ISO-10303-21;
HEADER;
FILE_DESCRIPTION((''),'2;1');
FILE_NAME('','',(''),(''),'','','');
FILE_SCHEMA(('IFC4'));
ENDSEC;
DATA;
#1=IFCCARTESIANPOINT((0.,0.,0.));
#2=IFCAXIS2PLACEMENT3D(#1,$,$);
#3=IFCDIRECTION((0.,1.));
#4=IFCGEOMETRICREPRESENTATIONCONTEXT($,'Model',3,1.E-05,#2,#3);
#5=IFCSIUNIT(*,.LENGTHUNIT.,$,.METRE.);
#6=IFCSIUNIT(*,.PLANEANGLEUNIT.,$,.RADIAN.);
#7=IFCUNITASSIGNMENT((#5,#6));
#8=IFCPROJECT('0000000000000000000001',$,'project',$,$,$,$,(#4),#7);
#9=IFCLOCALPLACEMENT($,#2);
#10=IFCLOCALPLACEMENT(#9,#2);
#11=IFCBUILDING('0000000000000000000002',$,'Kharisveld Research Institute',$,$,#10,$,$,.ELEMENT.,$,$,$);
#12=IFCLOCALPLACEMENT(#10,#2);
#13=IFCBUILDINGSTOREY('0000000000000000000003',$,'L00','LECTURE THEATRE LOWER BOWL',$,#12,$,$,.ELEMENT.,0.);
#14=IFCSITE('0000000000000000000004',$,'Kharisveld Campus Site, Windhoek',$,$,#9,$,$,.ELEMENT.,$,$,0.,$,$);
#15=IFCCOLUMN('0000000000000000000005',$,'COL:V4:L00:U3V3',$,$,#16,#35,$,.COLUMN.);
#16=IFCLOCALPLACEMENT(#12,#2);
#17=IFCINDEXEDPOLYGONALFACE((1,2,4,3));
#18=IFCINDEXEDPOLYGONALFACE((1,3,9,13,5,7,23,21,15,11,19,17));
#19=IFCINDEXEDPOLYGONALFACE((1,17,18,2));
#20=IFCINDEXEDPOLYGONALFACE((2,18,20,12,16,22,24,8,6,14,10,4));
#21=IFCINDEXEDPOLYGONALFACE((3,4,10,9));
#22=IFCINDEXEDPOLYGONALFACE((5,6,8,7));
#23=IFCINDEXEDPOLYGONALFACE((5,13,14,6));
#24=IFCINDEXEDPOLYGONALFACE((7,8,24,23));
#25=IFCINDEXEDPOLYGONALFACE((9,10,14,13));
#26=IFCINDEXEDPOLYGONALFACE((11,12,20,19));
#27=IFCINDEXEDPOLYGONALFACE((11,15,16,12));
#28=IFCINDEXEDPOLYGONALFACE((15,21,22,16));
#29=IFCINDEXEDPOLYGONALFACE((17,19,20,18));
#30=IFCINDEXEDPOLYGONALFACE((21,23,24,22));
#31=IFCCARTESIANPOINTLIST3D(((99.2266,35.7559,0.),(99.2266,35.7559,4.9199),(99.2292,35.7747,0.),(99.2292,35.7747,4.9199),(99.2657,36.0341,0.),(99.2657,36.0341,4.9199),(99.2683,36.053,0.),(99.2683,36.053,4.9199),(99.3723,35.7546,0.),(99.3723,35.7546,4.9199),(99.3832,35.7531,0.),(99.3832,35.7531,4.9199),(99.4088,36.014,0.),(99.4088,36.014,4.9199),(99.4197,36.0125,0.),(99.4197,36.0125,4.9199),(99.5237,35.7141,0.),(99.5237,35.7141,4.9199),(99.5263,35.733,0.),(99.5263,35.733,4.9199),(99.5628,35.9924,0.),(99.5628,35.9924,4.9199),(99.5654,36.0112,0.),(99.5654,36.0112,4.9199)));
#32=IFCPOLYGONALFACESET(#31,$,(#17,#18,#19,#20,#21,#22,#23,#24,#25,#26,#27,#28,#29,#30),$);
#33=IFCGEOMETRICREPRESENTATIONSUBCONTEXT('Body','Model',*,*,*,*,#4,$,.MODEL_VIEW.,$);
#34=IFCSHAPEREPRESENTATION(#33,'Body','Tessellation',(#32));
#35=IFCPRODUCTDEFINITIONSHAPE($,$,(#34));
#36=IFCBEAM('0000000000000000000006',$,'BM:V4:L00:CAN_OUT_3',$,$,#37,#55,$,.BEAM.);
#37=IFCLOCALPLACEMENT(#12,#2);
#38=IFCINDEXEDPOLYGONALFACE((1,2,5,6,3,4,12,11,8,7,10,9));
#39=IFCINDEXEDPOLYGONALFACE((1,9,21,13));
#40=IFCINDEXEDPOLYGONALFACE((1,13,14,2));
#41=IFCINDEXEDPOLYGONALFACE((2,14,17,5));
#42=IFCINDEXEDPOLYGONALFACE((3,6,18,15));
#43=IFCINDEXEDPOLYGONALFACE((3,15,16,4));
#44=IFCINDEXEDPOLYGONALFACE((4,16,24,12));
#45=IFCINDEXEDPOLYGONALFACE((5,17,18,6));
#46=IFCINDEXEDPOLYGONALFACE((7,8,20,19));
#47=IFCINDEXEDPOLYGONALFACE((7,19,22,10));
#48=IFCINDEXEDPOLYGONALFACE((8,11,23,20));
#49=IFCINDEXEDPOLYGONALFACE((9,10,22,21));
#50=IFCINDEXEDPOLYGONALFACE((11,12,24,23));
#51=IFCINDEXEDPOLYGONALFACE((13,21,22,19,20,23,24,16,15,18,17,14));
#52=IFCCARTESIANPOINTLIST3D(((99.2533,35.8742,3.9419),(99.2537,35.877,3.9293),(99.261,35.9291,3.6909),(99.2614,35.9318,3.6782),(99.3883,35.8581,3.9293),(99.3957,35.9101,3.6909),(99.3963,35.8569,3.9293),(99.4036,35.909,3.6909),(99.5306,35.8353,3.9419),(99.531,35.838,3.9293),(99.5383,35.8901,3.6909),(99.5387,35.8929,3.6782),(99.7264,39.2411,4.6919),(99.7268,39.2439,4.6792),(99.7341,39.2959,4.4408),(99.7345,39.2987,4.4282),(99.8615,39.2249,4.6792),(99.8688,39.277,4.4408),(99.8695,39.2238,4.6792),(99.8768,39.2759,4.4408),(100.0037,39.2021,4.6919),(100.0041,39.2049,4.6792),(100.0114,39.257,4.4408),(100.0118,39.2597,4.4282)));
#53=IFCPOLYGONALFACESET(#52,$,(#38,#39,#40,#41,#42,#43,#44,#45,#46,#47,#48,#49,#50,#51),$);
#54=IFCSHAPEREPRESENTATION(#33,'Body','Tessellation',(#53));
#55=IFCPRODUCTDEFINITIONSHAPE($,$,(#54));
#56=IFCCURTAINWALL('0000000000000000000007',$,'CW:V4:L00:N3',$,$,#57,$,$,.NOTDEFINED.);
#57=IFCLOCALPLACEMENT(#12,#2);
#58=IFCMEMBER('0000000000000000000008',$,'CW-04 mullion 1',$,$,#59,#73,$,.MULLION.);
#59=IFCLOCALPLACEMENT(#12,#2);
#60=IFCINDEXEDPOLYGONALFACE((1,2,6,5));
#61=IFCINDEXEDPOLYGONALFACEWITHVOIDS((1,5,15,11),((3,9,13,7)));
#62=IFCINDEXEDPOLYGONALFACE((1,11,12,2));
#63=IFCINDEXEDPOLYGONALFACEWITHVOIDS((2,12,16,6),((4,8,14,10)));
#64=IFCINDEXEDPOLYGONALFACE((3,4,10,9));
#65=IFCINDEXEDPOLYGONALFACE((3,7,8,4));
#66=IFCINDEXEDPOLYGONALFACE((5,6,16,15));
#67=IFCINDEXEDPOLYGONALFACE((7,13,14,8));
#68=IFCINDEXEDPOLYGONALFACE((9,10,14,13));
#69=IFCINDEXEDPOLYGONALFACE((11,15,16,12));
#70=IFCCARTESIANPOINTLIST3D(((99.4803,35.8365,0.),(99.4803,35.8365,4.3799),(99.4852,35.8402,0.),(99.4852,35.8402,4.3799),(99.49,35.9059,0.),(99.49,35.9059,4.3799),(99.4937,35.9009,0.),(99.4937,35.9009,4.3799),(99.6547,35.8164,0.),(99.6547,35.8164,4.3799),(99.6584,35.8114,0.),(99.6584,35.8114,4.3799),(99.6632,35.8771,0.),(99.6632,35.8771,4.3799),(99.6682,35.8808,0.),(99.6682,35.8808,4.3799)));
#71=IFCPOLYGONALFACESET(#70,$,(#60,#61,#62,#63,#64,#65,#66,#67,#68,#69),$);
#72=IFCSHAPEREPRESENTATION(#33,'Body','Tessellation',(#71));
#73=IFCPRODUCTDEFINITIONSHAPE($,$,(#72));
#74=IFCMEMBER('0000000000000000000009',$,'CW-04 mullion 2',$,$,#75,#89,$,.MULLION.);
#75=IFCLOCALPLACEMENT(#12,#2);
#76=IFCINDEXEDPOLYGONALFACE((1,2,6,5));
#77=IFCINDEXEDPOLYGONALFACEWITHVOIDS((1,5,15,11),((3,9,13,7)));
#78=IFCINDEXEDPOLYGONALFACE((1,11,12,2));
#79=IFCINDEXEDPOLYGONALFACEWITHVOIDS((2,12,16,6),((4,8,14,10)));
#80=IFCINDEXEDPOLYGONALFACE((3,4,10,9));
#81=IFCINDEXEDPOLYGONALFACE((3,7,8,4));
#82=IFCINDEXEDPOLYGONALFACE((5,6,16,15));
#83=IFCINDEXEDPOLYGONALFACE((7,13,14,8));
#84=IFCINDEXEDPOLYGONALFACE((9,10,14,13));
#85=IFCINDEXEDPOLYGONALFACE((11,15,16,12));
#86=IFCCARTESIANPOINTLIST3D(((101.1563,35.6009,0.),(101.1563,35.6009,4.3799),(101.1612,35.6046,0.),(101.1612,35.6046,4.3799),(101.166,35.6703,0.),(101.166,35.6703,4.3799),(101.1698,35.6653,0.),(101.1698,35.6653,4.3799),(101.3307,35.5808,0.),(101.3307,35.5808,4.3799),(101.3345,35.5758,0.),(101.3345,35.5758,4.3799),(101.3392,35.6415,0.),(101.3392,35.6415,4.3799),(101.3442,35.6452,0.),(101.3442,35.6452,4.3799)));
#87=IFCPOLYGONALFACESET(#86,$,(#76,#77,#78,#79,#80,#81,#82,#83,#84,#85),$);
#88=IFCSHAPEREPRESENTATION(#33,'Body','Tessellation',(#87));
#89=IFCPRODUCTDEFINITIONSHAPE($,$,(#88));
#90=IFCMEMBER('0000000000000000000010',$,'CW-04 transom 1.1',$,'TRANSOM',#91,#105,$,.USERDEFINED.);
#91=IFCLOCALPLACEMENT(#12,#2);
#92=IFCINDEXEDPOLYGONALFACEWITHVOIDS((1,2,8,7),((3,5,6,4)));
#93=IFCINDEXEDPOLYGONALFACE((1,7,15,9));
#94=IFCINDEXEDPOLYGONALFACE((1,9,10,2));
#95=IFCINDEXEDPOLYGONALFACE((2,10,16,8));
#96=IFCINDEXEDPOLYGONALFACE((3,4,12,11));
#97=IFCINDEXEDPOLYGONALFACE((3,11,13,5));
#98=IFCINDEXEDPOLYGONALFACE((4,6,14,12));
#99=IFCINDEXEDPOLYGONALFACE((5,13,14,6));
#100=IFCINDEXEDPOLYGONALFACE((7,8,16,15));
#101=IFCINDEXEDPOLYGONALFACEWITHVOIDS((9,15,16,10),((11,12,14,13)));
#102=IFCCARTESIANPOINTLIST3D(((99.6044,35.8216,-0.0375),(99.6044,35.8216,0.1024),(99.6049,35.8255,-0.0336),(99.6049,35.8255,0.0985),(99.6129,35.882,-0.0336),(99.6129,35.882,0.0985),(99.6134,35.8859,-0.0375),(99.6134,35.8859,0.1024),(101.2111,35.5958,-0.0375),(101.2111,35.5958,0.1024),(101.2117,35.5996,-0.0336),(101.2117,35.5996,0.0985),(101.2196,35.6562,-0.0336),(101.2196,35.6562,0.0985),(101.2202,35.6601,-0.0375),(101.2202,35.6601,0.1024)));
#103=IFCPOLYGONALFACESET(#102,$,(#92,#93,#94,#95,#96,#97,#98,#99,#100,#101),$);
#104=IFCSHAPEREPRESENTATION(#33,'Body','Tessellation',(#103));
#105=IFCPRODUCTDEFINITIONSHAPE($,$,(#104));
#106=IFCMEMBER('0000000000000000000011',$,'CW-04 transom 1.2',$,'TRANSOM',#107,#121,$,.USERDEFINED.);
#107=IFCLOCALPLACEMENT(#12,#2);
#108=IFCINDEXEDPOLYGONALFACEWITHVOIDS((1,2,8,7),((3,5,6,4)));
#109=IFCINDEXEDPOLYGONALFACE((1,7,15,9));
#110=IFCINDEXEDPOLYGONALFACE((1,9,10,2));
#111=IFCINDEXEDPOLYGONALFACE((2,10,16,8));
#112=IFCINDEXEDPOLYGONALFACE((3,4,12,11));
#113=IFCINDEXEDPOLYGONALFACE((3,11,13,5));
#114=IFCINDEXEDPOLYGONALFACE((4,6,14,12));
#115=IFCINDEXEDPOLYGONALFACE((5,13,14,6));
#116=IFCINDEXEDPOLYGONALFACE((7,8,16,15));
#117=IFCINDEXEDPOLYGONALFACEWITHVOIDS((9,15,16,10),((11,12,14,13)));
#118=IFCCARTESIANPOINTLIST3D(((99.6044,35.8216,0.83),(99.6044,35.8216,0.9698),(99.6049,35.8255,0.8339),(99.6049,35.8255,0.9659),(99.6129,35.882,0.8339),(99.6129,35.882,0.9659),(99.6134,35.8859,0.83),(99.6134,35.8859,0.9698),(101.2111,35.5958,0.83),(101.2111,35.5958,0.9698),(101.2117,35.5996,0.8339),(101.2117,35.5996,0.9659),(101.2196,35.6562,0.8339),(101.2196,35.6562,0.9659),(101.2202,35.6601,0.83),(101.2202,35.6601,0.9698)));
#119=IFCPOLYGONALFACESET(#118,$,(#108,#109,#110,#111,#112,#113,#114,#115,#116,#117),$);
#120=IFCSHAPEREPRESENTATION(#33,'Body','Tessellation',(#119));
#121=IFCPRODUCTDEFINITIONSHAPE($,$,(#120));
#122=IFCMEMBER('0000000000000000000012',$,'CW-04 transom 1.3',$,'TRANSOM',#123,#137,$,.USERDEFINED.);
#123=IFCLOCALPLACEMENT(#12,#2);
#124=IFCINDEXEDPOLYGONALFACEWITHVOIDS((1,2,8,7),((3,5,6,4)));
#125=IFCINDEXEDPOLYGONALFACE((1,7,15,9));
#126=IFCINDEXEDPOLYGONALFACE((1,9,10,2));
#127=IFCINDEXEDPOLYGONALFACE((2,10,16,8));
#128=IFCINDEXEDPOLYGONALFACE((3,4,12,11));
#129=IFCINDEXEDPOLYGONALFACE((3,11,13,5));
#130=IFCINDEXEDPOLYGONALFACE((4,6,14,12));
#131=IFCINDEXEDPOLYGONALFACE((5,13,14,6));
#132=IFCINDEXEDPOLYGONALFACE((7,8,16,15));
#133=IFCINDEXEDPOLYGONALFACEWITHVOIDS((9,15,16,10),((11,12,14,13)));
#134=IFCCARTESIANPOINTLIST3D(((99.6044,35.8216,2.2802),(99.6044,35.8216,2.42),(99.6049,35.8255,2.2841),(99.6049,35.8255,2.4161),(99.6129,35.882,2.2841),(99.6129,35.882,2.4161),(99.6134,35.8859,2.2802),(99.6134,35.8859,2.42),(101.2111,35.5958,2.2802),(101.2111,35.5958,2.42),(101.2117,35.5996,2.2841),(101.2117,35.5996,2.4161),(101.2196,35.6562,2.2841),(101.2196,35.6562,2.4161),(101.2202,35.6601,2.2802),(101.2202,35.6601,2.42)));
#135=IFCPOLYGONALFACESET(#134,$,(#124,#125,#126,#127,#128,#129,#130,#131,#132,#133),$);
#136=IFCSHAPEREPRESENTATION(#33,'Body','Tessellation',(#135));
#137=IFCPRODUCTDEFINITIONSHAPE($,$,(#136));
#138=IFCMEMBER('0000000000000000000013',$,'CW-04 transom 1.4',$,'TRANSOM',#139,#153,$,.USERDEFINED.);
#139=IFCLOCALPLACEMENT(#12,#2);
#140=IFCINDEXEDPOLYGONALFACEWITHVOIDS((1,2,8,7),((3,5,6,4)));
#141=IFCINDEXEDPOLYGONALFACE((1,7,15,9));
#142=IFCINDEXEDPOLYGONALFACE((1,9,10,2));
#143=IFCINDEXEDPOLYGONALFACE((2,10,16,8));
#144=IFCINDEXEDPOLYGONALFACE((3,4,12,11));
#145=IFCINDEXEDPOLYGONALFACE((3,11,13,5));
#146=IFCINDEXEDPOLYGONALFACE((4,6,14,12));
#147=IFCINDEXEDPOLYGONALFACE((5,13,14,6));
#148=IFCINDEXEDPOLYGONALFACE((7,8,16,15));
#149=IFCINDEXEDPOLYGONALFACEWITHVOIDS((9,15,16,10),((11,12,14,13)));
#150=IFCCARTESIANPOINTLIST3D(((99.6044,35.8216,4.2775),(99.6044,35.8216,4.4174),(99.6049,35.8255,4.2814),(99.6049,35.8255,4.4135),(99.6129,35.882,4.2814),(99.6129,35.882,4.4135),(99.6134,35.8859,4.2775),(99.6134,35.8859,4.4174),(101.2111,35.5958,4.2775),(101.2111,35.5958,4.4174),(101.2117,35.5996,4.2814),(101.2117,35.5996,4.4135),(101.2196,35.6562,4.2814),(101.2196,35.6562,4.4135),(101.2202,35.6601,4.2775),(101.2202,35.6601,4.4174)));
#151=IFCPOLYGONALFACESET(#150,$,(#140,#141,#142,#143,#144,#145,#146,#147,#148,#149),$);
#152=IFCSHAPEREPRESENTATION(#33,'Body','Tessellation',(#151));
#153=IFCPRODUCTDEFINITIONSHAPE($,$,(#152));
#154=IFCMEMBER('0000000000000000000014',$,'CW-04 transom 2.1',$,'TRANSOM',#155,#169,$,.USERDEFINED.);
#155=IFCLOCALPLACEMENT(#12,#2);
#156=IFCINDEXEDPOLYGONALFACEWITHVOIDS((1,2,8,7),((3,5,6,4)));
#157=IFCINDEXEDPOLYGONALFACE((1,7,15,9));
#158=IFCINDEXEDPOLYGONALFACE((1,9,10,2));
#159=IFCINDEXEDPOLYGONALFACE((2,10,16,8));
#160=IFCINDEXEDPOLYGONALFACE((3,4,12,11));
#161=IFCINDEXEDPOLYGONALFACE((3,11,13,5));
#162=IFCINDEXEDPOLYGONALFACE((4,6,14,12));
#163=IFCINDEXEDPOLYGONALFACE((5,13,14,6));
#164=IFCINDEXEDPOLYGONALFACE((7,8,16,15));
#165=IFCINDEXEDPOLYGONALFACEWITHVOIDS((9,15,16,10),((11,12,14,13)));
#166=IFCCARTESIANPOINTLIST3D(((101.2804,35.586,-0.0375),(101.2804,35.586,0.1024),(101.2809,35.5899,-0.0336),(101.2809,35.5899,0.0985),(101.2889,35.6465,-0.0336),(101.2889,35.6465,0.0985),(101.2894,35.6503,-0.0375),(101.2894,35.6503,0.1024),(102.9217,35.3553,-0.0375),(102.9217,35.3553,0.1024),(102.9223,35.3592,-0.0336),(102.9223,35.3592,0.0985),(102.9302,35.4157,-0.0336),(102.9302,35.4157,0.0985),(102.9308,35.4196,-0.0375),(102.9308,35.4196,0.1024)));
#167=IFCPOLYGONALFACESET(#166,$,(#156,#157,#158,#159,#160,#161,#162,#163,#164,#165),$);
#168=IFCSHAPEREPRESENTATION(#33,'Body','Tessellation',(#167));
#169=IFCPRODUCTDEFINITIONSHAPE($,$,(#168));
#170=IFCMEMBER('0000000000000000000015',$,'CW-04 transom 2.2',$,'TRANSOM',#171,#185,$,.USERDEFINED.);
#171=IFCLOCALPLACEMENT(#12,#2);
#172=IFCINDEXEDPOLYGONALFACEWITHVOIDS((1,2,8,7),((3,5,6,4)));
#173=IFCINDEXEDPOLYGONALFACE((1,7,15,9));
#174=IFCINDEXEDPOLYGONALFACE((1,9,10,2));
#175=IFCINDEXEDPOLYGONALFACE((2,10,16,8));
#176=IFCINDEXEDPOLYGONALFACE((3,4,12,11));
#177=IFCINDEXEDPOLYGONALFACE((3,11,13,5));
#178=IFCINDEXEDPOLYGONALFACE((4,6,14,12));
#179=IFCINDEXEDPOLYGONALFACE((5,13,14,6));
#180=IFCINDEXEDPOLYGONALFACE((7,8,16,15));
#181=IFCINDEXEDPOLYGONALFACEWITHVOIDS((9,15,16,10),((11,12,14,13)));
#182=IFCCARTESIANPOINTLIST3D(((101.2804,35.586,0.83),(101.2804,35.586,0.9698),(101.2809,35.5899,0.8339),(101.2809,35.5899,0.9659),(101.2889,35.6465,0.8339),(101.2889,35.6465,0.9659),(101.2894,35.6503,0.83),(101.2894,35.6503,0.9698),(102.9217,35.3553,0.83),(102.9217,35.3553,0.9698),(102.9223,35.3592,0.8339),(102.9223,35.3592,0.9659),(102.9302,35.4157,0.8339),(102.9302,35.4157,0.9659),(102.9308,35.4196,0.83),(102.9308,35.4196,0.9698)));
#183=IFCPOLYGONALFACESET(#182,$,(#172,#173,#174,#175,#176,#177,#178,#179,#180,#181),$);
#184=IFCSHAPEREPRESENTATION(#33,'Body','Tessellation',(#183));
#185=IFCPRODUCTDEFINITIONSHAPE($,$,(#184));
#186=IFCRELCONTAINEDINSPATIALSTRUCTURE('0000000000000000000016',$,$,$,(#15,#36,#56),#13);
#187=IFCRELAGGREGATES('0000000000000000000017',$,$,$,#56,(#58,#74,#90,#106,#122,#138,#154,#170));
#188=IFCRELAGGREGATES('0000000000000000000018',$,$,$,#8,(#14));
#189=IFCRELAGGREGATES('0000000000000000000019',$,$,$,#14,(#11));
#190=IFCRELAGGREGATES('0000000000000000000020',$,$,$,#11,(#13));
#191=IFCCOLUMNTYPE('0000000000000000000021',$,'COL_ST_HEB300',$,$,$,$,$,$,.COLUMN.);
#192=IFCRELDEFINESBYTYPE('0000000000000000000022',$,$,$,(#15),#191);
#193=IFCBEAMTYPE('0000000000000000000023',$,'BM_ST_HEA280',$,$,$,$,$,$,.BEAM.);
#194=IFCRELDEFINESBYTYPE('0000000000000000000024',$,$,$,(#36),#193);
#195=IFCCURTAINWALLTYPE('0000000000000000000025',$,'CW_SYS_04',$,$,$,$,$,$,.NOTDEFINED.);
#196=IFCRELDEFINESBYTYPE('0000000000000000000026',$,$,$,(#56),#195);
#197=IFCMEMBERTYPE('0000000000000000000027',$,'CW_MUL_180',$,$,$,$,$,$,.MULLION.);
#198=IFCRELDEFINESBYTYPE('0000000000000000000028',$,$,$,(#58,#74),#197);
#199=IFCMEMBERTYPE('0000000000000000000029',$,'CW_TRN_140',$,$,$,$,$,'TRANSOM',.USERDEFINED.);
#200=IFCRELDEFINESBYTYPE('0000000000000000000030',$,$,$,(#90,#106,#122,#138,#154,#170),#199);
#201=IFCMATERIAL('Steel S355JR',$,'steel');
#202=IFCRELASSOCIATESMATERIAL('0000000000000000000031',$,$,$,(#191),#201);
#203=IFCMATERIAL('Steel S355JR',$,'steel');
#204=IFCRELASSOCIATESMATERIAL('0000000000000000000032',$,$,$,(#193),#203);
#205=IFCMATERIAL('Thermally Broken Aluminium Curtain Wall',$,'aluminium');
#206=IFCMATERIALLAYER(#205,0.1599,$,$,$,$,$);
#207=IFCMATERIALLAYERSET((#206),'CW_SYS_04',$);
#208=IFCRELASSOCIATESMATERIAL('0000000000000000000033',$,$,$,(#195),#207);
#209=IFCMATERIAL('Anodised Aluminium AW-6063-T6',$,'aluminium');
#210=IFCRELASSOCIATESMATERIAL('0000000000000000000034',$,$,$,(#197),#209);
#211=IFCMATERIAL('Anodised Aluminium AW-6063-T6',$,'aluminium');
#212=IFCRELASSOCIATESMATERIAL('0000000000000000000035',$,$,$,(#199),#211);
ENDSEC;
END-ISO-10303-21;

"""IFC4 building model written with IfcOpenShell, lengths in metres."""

from ifc_helpers import new_model, si_unit, direction, frame, origin, origin_2d, place, context, subcontext, project, spatial, hollow_rectangle, i_section, extrude, material, layer, layer_set, material_profile, profile_set, type_object, element, aggregate, save


model = new_model("IFC4")

# Units and contexts
model_context = context("Model", 3, precision=1e-05, world=origin(), true_north=direction((0.0, 1.0)))
body_context = subcontext(model_context, "Body", "Model", "MODEL_VIEW")
ifc_project = project(units=[si_unit("LENGTHUNIT", "METRE"), si_unit("PLANEANGLEUNIT", "RADIAN")], contexts=[model_context])

# Site, building, storey
site_placement = place(None, origin())
site = spatial("IfcSite", under=ifc_project, at=site_placement, Name="Kharisveld Campus Site, Windhoek", CompositionType="ELEMENT", RefElevation=0.0)
building_placement = place(site_placement, origin())
building = spatial("IfcBuilding", under=site, at=building_placement, Name="Kharisveld Research Institute", CompositionType="ELEMENT")
storey_placement = place(building_placement, origin())
storey = spatial("IfcBuildingStorey", under=building, at=storey_placement, Name="L00", Description="LECTURE THEATRE LOWER BOWL", CompositionType="ELEMENT", Elevation=0.0)

# Column
ifc_material_1 = material(Name="Steel S355JR", Category="steel")
ifc_material_profile_1 = material_profile(ifc_material_1, i_section(OverallWidth=0.3, OverallDepth=0.3, WebThickness=0.011, FlangeThickness=0.019, at=origin_2d()))
ifc_profile_set_1 = profile_set([ifc_material_profile_1], Name="Steel S355JR")
column_type = type_object("IfcColumnType", Name="COL_ST_HEB300", PredefinedType="COLUMN", material=ifc_profile_set_1)
column_placement = place(storey_placement, frame((99.396, 35.8835, 0.0), z_axis=(0.0, 0.0, 1.0), x_axis=(0.990268, -0.139173, 0.0)))
element("IfcColumn", 1, at=column_placement, inside=storey, type_object=column_type, Name="COL:V4:L00:U3V3", PredefinedType="COLUMN", context=body_context, shape_type="SweptSolid", body=[
    extrude(i_section(OverallWidth=0.3, OverallDepth=0.3, WebThickness=0.011, FlangeThickness=0.019, at=origin_2d()), origin(), (0.0, 0.0, 1.0), 4.9199),
])

# Beam
ifc_material_2 = material(Name="Steel S355JR", Category="steel")
ifc_material_profile_2 = material_profile(ifc_material_2, i_section(OverallWidth=0.28, OverallDepth=0.27, WebThickness=0.0081, FlangeThickness=0.0129, at=origin_2d()))
ifc_profile_set_2 = profile_set([ifc_material_profile_2], Name="Steel S355JR")
beam_type_1 = type_object("IfcBeamType", Name="BM_ST_HEA280", PredefinedType="BEAM", material=ifc_profile_set_2)
beam_1_placement = place(storey_placement, frame((99.396, 35.8835, 3.8101), z_axis=(0.135892, 0.967023, 0.215408), x_axis=(-0.99027, 0.139159, 0.0)))
element("IfcBeam", 2, at=beam_1_placement, inside=storey, type_object=beam_type_1, Name="BM:V4:L00:CAN_OUT_3", PredefinedType="BEAM", context=body_context, shape_type="SweptSolid", body=[
    extrude(i_section(OverallWidth=0.28, OverallDepth=0.27, WebThickness=0.0081, FlangeThickness=0.0129, at=origin_2d()), origin(), (0.0, 0.0, 1.0), 3.4817),
])

# Curtain wall, members
ifc_material_3 = material(Name="Thermally Broken Aluminium Curtain Wall", Category="aluminium")
ifc_layer_1 = layer(ifc_material_3, 0.1599)
ifc_layer_set_1 = layer_set([ifc_layer_1], Name="CW_SYS_04")
curtain_wall_type = type_object("IfcCurtainWallType", Name="CW_SYS_04", PredefinedType="NOTDEFINED", material=ifc_layer_set_1)
curtain_wall_placement = place(storey_placement, origin())
curtain_wall = element("IfcCurtainWall", 3, at=curtain_wall_placement, inside=storey, type_object=curtain_wall_type, Name="CW:V4:L00:N3", PredefinedType="NOTDEFINED")
ifc_material_4 = material(Name="Anodised Aluminium AW-6063-T6", Category="aluminium")
ifc_material_profile_3 = material_profile(ifc_material_4, hollow_rectangle(XDim=0.0701, YDim=0.1799, WallThickness=0.0044, at=origin_2d()))
ifc_profile_set_3 = profile_set([ifc_material_profile_3], Name="Anodised Aluminium AW-6063-T6")
member_type_1 = type_object("IfcMemberType", Name="CW_MUL_180", PredefinedType="MULLION", material=ifc_profile_set_3)
member_1_placement = place(storey_placement, frame((99.5742, 35.8586, 0.0), z_axis=(0.0, 0.0, 1.0), x_axis=(0.139173, 0.990268, 0.0)))
member_1 = element("IfcMember", 4, at=member_1_placement, type_object=member_type_1, Name="CW-04 mullion 1", PredefinedType="MULLION", context=body_context, shape_type="SweptSolid", body=[
    extrude(hollow_rectangle(XDim=0.0701, YDim=0.1799, WallThickness=0.0044, at=origin_2d()), origin(), (0.0, 0.0, 1.0), 4.3799),
])
member_2_placement = place(storey_placement, frame((101.2502, 35.623, 0.0), z_axis=(0.0, 0.0, 1.0), x_axis=(0.139173, 0.990268, 0.0)))
member_2 = element("IfcMember", 5, at=member_2_placement, type_object=member_type_1, Name="CW-04 mullion 2", PredefinedType="MULLION", context=body_context, shape_type="SweptSolid", body=[
    extrude(hollow_rectangle(XDim=0.0701, YDim=0.1799, WallThickness=0.0044, at=origin_2d()), origin(), (0.0, 0.0, 1.0), 4.3799),
])
ifc_material_5 = material(Name="Anodised Aluminium AW-6063-T6", Category="aluminium")
ifc_material_profile_4 = material_profile(ifc_material_5, hollow_rectangle(XDim=0.0649, YDim=0.1399, WallThickness=0.0039, at=origin_2d()))
ifc_profile_set_4 = profile_set([ifc_material_profile_4], Name="Anodised Aluminium AW-6063-T6")
member_type_2 = type_object("IfcMemberType", Name="CW_TRN_140", ElementType="TRANSOM", PredefinedType="USERDEFINED", material=ifc_profile_set_4)
member_3_placement = place(storey_placement, frame((99.6089, 35.8538, 0.0325), z_axis=(0.990266, -0.139188, 0.0), x_axis=(0.139188, 0.990266, 0.0)))
member_3 = element("IfcMember", 6, at=member_3_placement, type_object=member_type_2, Name="CW-04 transom 1.1", ObjectType="TRANSOM", PredefinedType="USERDEFINED", context=body_context, shape_type="SweptSolid", body=[
    extrude(hollow_rectangle(XDim=0.0649, YDim=0.1399, WallThickness=0.0039, at=origin_2d()), origin(), (0.0, 0.0, 1.0), 1.6226),
])
member_4_placement = place(storey_placement, frame((99.6089, 35.8538, 0.8999), z_axis=(0.990266, -0.139188, 0.0), x_axis=(0.139188, 0.990266, 0.0)))
member_4 = element("IfcMember", 7, at=member_4_placement, type_object=member_type_2, Name="CW-04 transom 1.2", ObjectType="TRANSOM", PredefinedType="USERDEFINED", context=body_context, shape_type="SweptSolid", body=[
    extrude(hollow_rectangle(XDim=0.0649, YDim=0.1399, WallThickness=0.0039, at=origin_2d()), origin(), (0.0, 0.0, 1.0), 1.6226),
])
member_5_placement = place(storey_placement, frame((99.6089, 35.8538, 2.3501), z_axis=(0.990266, -0.139188, 0.0), x_axis=(0.139188, 0.990266, 0.0)))
member_5 = element("IfcMember", 8, at=member_5_placement, type_object=member_type_2, Name="CW-04 transom 1.3", ObjectType="TRANSOM", PredefinedType="USERDEFINED", context=body_context, shape_type="SweptSolid", body=[
    extrude(hollow_rectangle(XDim=0.0649, YDim=0.1399, WallThickness=0.0039, at=origin_2d()), origin(), (0.0, 0.0, 1.0), 1.6226),
])
member_6_placement = place(storey_placement, frame((99.6089, 35.8538, 4.3474), z_axis=(0.990266, -0.139188, 0.0), x_axis=(0.139188, 0.990266, 0.0)))
member_6 = element("IfcMember", 9, at=member_6_placement, type_object=member_type_2, Name="CW-04 transom 1.4", ObjectType="TRANSOM", PredefinedType="USERDEFINED", context=body_context, shape_type="SweptSolid", body=[
    extrude(hollow_rectangle(XDim=0.0649, YDim=0.1399, WallThickness=0.0039, at=origin_2d()), origin(), (0.0, 0.0, 1.0), 1.6226),
])
member_7_placement = place(storey_placement, frame((101.2849, 35.6182, 0.0325), z_axis=(0.990265, -0.139194, 0.0), x_axis=(0.139194, 0.990265, 0.0)))
member_7 = element("IfcMember", 10, at=member_7_placement, type_object=member_type_2, Name="CW-04 transom 2.1", ObjectType="TRANSOM", PredefinedType="USERDEFINED", context=body_context, shape_type="SweptSolid", body=[
    extrude(hollow_rectangle(XDim=0.0649, YDim=0.1399, WallThickness=0.0039, at=origin_2d()), origin(), (0.0, 0.0, 1.0), 1.6575),
])
member_8_placement = place(storey_placement, frame((101.2849, 35.6182, 0.8999), z_axis=(0.990265, -0.139194, 0.0), x_axis=(0.139194, 0.990265, 0.0)))
member_8 = element("IfcMember", 11, at=member_8_placement, type_object=member_type_2, Name="CW-04 transom 2.2", ObjectType="TRANSOM", PredefinedType="USERDEFINED", context=body_context, shape_type="SweptSolid", body=[
    extrude(hollow_rectangle(XDim=0.0649, YDim=0.1399, WallThickness=0.0039, at=origin_2d()), origin(), (0.0, 0.0, 1.0), 1.6575),
])

aggregate(curtain_wall, [member_1, member_2, member_3, member_4, member_5, member_6, member_7, member_8])

save(model, "model.ifc")
